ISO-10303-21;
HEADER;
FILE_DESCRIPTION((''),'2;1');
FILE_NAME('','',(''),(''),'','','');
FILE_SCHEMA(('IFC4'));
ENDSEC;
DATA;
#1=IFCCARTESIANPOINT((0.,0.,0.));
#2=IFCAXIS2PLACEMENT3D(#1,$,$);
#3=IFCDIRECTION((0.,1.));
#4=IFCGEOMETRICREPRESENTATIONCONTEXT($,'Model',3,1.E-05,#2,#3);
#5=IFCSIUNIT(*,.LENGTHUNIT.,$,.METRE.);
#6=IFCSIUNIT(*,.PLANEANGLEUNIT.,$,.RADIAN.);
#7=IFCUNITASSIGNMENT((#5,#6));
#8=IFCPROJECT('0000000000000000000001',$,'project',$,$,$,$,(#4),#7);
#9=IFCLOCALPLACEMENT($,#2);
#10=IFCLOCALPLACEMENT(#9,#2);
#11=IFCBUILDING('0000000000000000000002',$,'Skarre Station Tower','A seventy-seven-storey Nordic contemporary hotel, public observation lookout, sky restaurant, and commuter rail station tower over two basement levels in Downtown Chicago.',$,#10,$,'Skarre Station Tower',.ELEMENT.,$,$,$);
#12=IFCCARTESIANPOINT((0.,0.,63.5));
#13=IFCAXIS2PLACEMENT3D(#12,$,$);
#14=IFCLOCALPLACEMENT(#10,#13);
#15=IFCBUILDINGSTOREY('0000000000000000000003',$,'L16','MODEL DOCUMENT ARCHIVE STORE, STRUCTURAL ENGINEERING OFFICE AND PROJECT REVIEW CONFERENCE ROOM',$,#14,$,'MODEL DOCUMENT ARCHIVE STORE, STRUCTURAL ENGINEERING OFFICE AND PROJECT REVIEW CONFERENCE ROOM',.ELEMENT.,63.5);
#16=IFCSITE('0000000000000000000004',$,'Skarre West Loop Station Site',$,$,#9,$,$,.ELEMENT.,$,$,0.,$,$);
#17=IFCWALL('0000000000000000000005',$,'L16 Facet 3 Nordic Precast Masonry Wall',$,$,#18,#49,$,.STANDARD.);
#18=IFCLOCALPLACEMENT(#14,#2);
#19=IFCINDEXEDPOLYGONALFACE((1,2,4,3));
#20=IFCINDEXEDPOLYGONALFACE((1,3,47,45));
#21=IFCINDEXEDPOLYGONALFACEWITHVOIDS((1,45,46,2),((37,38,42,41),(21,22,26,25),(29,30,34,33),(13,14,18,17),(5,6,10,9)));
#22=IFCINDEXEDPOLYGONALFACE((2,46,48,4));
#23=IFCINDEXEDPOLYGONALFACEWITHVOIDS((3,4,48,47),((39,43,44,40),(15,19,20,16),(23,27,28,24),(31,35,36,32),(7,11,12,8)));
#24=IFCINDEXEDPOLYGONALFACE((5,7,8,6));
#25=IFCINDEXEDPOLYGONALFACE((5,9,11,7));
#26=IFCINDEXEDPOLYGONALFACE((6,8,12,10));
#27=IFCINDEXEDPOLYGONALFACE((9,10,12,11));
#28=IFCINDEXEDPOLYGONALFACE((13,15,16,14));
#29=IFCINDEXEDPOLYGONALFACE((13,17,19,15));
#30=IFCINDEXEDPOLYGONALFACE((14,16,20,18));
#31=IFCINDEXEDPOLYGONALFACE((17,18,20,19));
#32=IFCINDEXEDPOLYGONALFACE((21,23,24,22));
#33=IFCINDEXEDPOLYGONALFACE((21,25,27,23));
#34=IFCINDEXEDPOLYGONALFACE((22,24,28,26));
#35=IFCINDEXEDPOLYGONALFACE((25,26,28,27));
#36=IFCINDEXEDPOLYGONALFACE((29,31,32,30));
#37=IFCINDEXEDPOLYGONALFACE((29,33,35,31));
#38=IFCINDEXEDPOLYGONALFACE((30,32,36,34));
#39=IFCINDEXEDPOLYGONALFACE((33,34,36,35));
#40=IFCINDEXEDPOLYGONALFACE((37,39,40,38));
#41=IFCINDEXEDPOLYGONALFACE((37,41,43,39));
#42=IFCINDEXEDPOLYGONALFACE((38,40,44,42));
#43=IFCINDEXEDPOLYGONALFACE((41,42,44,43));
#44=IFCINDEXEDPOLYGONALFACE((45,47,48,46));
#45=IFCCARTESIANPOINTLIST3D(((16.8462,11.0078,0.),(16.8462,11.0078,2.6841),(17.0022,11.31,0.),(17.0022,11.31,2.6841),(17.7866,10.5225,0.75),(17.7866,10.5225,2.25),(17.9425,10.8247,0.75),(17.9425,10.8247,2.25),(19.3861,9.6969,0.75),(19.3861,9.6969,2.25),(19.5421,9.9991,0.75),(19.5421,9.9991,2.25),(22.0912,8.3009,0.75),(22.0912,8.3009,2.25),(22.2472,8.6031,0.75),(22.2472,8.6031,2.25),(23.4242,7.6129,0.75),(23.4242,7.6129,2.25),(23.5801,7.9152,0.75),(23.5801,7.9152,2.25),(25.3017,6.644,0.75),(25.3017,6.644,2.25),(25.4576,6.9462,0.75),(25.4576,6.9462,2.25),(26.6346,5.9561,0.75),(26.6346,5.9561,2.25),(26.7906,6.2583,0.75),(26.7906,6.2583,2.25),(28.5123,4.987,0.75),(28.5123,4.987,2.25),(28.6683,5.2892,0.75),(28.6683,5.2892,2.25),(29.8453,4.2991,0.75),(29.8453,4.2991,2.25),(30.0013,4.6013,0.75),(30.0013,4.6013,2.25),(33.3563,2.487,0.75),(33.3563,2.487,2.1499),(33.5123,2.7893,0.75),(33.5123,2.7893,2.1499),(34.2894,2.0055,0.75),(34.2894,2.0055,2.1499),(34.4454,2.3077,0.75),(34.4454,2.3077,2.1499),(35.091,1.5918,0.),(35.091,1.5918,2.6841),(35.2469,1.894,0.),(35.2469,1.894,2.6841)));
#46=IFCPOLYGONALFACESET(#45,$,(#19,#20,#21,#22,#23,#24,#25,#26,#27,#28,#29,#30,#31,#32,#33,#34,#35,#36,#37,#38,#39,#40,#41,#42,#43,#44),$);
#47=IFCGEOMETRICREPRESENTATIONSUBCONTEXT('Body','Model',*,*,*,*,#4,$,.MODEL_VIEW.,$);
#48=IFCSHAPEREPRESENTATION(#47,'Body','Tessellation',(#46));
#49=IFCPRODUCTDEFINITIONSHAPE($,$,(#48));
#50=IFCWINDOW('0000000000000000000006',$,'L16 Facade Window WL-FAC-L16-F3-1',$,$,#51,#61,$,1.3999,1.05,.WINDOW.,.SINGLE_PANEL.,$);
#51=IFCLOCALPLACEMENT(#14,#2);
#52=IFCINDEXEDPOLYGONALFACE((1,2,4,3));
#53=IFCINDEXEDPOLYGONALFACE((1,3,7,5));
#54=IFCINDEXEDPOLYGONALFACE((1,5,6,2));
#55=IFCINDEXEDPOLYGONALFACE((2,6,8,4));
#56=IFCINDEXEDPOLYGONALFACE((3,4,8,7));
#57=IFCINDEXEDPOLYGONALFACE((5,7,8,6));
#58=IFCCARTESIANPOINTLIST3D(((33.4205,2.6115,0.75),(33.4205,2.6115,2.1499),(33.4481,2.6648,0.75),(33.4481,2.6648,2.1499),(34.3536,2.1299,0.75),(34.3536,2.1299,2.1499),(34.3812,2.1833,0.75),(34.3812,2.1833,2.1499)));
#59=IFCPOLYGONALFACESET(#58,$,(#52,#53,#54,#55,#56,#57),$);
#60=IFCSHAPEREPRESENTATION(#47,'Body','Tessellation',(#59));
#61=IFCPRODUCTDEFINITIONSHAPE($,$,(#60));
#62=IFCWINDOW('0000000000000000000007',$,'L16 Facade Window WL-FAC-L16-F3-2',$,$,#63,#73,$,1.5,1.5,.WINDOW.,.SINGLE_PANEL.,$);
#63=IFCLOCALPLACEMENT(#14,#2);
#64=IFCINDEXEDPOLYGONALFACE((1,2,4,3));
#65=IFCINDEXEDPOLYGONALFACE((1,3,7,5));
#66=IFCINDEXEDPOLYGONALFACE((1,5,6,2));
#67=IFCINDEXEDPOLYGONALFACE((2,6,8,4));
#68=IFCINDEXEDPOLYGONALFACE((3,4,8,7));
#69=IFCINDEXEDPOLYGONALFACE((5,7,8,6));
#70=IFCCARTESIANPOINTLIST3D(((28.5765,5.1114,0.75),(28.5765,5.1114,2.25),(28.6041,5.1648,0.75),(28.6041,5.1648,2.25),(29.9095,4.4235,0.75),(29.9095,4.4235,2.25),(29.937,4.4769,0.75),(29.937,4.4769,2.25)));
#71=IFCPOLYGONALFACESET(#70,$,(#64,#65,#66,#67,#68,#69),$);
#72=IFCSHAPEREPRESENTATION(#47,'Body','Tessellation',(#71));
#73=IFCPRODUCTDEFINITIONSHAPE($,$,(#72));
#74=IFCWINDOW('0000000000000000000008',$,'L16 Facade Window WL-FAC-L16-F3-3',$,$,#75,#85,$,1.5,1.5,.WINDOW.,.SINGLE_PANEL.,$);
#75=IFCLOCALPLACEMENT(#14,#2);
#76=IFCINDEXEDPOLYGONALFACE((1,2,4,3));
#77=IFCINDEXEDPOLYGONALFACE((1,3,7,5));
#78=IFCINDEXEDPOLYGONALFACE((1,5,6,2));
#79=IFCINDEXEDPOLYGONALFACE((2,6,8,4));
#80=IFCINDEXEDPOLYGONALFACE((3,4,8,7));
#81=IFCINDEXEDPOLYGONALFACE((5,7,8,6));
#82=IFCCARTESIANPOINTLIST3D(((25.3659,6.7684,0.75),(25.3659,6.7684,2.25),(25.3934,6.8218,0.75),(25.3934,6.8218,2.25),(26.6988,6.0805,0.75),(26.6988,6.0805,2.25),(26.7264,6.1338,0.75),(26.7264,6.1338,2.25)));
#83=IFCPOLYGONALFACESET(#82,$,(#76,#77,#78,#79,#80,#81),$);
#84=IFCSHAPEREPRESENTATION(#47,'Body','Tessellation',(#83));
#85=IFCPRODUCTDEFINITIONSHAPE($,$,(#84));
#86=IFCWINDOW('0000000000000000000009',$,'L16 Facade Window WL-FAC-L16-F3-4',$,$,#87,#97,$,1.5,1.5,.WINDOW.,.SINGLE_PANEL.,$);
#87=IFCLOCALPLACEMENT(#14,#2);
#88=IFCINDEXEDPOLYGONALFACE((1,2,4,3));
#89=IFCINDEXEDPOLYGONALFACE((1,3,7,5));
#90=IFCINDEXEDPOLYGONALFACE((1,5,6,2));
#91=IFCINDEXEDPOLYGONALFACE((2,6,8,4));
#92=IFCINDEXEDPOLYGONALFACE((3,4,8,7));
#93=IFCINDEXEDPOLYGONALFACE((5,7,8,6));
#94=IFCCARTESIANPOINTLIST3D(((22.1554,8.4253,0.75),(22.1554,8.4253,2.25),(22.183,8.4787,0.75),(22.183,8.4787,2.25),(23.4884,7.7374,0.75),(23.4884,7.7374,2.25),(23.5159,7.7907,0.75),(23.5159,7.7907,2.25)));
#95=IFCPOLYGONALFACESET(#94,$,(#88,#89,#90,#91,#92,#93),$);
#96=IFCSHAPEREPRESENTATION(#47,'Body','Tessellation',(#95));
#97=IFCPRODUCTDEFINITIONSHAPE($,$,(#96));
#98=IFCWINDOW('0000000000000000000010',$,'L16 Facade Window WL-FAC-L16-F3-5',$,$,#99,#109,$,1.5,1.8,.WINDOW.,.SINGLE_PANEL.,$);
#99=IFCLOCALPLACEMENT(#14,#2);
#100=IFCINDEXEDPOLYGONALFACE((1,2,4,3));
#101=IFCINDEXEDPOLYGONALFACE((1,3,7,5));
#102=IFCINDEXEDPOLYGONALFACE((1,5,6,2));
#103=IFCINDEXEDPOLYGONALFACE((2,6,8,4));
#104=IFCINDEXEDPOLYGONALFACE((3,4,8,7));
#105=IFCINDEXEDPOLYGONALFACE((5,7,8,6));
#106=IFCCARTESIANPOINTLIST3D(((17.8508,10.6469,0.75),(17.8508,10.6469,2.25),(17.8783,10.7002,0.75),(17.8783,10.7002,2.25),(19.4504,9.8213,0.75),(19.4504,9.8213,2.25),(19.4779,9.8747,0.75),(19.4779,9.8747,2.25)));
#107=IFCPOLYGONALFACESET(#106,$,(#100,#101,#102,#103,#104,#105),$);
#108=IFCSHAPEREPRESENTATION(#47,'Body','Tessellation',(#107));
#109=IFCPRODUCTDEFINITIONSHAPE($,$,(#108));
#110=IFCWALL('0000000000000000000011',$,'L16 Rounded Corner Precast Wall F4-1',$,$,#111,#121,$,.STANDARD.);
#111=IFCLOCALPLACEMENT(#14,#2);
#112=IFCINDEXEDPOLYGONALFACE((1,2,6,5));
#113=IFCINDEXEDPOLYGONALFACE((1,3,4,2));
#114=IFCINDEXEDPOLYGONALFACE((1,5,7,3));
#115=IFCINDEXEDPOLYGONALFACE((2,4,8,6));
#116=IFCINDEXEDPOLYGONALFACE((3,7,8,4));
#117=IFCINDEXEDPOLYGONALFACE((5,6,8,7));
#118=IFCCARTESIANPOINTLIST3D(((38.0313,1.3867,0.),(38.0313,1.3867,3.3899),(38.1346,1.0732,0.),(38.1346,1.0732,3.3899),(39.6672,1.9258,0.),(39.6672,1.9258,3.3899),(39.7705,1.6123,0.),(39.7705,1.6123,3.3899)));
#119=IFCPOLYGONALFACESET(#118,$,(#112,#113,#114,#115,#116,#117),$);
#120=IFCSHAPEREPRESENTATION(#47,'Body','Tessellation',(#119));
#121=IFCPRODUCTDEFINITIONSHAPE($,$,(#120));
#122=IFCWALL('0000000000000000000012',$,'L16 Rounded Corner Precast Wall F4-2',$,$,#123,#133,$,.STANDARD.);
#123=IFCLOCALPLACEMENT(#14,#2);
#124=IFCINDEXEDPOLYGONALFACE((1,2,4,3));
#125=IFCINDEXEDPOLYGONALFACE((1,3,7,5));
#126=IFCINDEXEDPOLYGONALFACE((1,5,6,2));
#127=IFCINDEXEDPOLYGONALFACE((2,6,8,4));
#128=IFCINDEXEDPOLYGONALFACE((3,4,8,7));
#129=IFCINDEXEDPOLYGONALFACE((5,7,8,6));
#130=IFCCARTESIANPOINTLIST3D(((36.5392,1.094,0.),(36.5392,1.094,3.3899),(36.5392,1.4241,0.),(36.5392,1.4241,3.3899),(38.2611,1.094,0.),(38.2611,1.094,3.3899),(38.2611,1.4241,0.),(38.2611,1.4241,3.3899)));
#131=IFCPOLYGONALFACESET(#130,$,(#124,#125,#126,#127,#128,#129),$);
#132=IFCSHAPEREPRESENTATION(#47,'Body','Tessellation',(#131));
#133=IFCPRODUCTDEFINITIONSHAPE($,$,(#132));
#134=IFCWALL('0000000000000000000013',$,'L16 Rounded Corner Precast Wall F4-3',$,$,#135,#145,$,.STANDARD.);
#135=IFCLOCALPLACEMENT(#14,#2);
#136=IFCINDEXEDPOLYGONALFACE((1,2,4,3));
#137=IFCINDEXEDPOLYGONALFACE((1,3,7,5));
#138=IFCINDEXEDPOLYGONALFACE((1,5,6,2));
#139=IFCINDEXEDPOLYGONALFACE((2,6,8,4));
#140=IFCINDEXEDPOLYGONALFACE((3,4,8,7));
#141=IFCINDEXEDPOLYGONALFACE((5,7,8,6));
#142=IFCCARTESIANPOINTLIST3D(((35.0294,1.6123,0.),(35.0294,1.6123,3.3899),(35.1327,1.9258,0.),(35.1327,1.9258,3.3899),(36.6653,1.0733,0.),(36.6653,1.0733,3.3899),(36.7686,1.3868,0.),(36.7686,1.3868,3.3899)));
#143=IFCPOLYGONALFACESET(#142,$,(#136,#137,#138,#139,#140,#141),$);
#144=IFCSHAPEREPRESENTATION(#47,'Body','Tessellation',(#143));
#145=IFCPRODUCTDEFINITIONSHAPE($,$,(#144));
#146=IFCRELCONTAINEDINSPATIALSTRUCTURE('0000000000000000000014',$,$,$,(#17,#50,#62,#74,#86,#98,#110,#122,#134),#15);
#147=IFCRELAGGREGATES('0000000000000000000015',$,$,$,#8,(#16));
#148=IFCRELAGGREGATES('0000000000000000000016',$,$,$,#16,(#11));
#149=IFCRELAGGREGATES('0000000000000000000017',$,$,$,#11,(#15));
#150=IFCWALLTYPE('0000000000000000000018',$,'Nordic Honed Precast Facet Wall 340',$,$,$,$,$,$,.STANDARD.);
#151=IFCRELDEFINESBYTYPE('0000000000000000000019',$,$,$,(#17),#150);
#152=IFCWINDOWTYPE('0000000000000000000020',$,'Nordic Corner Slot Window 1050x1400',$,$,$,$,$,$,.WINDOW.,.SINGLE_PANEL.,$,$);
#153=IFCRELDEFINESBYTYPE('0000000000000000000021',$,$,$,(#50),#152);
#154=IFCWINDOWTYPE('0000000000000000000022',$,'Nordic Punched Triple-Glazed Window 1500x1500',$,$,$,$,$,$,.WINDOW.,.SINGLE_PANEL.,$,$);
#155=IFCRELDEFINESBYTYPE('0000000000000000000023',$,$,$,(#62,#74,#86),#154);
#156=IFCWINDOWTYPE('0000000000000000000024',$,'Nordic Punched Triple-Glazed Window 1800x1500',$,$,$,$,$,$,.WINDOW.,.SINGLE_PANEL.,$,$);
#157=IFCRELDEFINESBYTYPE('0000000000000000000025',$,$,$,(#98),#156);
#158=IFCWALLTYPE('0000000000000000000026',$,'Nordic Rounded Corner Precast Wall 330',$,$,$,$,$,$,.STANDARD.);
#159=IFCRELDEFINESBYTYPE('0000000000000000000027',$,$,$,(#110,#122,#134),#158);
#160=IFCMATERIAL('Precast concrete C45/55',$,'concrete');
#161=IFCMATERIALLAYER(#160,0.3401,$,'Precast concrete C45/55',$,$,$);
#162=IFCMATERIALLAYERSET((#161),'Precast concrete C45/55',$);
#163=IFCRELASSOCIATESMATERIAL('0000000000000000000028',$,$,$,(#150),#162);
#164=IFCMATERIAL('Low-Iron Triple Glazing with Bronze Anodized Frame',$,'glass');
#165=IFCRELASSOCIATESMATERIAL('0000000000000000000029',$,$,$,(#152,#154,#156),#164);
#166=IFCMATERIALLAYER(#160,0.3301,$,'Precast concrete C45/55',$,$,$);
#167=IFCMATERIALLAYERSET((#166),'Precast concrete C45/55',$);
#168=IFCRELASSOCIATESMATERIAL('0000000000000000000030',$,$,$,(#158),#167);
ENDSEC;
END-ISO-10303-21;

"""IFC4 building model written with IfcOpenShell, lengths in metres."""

from ifc_helpers import new_model, si_unit, direction, frame, frame_2d, origin, place, context, subcontext, project, spatial, rectangle, extrude, material, layer, layer_set, type_object, element, fill, save


model = new_model("IFC4")

# Units and contexts
model_context = context("Model", 3, precision=1e-05, world=origin(), true_north=direction((0.0, 1.0)))
body_context = subcontext(model_context, "Body", "Model", "MODEL_VIEW")
ifc_project = project(units=[si_unit("LENGTHUNIT", "METRE"), si_unit("PLANEANGLEUNIT", "RADIAN")], contexts=[model_context])

# Site, building, storey
site_placement = place(None, origin())
site = spatial("IfcSite", under=ifc_project, at=site_placement, Name="Skarre West Loop Station Site", CompositionType="ELEMENT", RefElevation=0.0)
building_placement = place(site_placement, origin())
building = spatial("IfcBuilding", under=site, at=building_placement, Name="Skarre Station Tower", Description="A seventy-seven-storey Nordic contemporary hotel, public observation lookout, sky restaurant, and commuter rail station tower over two basement levels in Downtown Chicago.", LongName="Skarre Station Tower", CompositionType="ELEMENT")
storey_placement = place(building_placement, frame((0.0, 0.0, 63.5)))
storey = spatial("IfcBuildingStorey", under=building, at=storey_placement, Name="L16", Description="MODEL DOCUMENT ARCHIVE STORE, STRUCTURAL ENGINEERING OFFICE AND PROJECT REVIEW CONFERENCE ROOM", LongName="MODEL DOCUMENT ARCHIVE STORE, STRUCTURAL ENGINEERING OFFICE AND PROJECT REVIEW CONFERENCE ROOM", CompositionType="ELEMENT", Elevation=63.5)

# Wall, openings, windows
ifc_material_1 = material(Name="Precast concrete C45/55", Category="concrete")
ifc_layer_1 = layer(ifc_material_1, 0.3401, Name="Precast concrete C45/55")
ifc_layer_set_1 = layer_set([ifc_layer_1], Name="Precast concrete C45/55")
wall_type_1 = type_object("IfcWallType", Name="Nordic Honed Precast Facet Wall 340", PredefinedType="STANDARD", material=ifc_layer_set_1)
wall_1_placement = place(storey_placement, frame((35.1689, 1.7429, 0.0), z_axis=(0.0, 0.0, 1.0), x_axis=(-0.888634, 0.458616, 0.0)))
wall_1 = element("IfcWall", 1, at=wall_1_placement, inside=storey, type_object=wall_type_1, Name="L16 Facet 3 Nordic Precast Masonry Wall", PredefinedType="STANDARD", context=body_context, shape_type="SweptSolid", body=[
    extrude(rectangle(XDim=20.5312, YDim=0.3401, at=frame_2d((10.2656, 0.0))), origin(), (0.0, 0.0, 1.0), 2.6841),
])
opening_1_placement = place(wall_1_placement, frame((0.9021, 0.0, 0.75)))
opening_1 = element("IfcOpeningElement", 2, at=opening_1_placement, cuts=wall_1, PredefinedType="OPENING", context=body_context, shape_type="SweptSolid", body=[
    extrude(rectangle(XDim=1.05, YDim=1.3999, at=frame_2d((0.5249, 0.7))), frame((0.0, 0.1799, 0.0), z_axis=(0.0, -1.0, 0.0), x_axis=(1.0, 0.0, 0.0)), (0.0, 0.0, 1.0), 0.3601),
])
opening_2_placement = place(wall_1_placement, frame((5.9031, 0.0, 0.75)))
opening_2 = element("IfcOpeningElement", 3, at=opening_2_placement, cuts=wall_1, PredefinedType="OPENING", context=body_context, shape_type="SweptSolid", body=[
    extrude(rectangle(XDim=1.5, YDim=1.5, at=frame_2d((0.75, 0.75))), frame((0.0, 0.1799, 0.0), z_axis=(0.0, -1.0, 0.0), x_axis=(1.0, 0.0, 0.0)), (0.0, 0.0, 1.0), 0.3601),
])
opening_3_placement = place(wall_1_placement, frame((9.5161, 0.0, 0.75)))
opening_3 = element("IfcOpeningElement", 4, at=opening_3_placement, cuts=wall_1, PredefinedType="OPENING", context=body_context, shape_type="SweptSolid", body=[
    extrude(rectangle(XDim=1.5, YDim=1.5, at=frame_2d((0.75, 0.75))), frame((0.0, 0.1799, 0.0), z_axis=(0.0, -1.0, 0.0), x_axis=(1.0, 0.0, 0.0)), (0.0, 0.0, 1.0), 0.3601),
])
opening_4_placement = place(wall_1_placement, frame((13.1289, 0.0, 0.75)))
opening_4 = element("IfcOpeningElement", 5, at=opening_4_placement, cuts=wall_1, PredefinedType="OPENING", context=body_context, shape_type="SweptSolid", body=[
    extrude(rectangle(XDim=1.5, YDim=1.5, at=frame_2d((0.75, 0.75))), frame((0.0, 0.1799, 0.0), z_axis=(0.0, -1.0, 0.0), x_axis=(1.0, 0.0, 0.0)), (0.0, 0.0, 1.0), 0.3601),
])
opening_5_placement = place(wall_1_placement, frame((17.6731, 0.0, 0.75)))
opening_5 = element("IfcOpeningElement", 6, at=opening_5_placement, cuts=wall_1, PredefinedType="OPENING", context=body_context, shape_type="SweptSolid", body=[
    extrude(rectangle(XDim=1.8, YDim=1.5, at=frame_2d((0.8999, 0.75))), frame((0.0, 0.1799, 0.0), z_axis=(0.0, -1.0, 0.0), x_axis=(1.0, 0.0, 0.0)), (0.0, 0.0, 1.0), 0.3601),
])
ifc_material_2 = material(Name="Low-Iron Triple Glazing with Bronze Anodized Frame", Category="glass")
window_type_1 = type_object("IfcWindowType", Name="Nordic Corner Slot Window 1050x1400", PartitioningType="SINGLE_PANEL", PredefinedType="WINDOW", material=ifc_material_2)
window_1_placement = place(opening_1_placement, origin())
window_1 = element("IfcWindow", 7, at=window_1_placement, inside=storey, type_object=window_type_1, Name="L16 Facade Window WL-FAC-L16-F3-1", OverallHeight=1.3999, OverallWidth=1.05, PartitioningType="SINGLE_PANEL", PredefinedType="WINDOW", context=body_context, shape_type="SweptSolid", body=[
    extrude(rectangle(XDim=1.05, YDim=1.3999, at=frame_2d((0.5249, 0.7))), frame((0.0, 0.03, 0.0), z_axis=(0.0, -1.0, 0.0), x_axis=(1.0, 0.0, 0.0)), (0.0, 0.0, 1.0), 0.0601),
])
fill(opening_1, window_1)
window_type_2 = type_object("IfcWindowType", Name="Nordic Punched Triple-Glazed Window 1500x1500", PartitioningType="SINGLE_PANEL", PredefinedType="WINDOW", material=ifc_material_2)
window_2_placement = place(opening_2_placement, origin())
window_2 = element("IfcWindow", 8, at=window_2_placement, inside=storey, type_object=window_type_2, Name="L16 Facade Window WL-FAC-L16-F3-2", OverallHeight=1.5, OverallWidth=1.5, PartitioningType="SINGLE_PANEL", PredefinedType="WINDOW", context=body_context, shape_type="SweptSolid", body=[
    extrude(rectangle(XDim=1.5, YDim=1.5, at=frame_2d((0.75, 0.75))), frame((0.0, 0.03, 0.0), z_axis=(0.0, -1.0, 0.0), x_axis=(1.0, 0.0, 0.0)), (0.0, 0.0, 1.0), 0.0601),
])
fill(opening_2, window_2)
window_3_placement = place(opening_3_placement, origin())
window_3 = element("IfcWindow", 9, at=window_3_placement, inside=storey, type_object=window_type_2, Name="L16 Facade Window WL-FAC-L16-F3-3", OverallHeight=1.5, OverallWidth=1.5, PartitioningType="SINGLE_PANEL", PredefinedType="WINDOW", context=body_context, shape_type="SweptSolid", body=[
    extrude(rectangle(XDim=1.5, YDim=1.5, at=frame_2d((0.75, 0.75))), frame((0.0, 0.03, 0.0), z_axis=(0.0, -1.0, 0.0), x_axis=(1.0, 0.0, 0.0)), (0.0, 0.0, 1.0), 0.0601),
])
fill(opening_3, window_3)
window_4_placement = place(opening_4_placement, origin())
window_4 = element("IfcWindow", 10, at=window_4_placement, inside=storey, type_object=window_type_2, Name="L16 Facade Window WL-FAC-L16-F3-4", OverallHeight=1.5, OverallWidth=1.5, PartitioningType="SINGLE_PANEL", PredefinedType="WINDOW", context=body_context, shape_type="SweptSolid", body=[
    extrude(rectangle(XDim=1.5, YDim=1.5, at=frame_2d((0.75, 0.75))), frame((0.0, 0.03, 0.0), z_axis=(0.0, -1.0, 0.0), x_axis=(1.0, 0.0, 0.0)), (0.0, 0.0, 1.0), 0.0601),
])
fill(opening_4, window_4)
window_type_3 = type_object("IfcWindowType", Name="Nordic Punched Triple-Glazed Window 1800x1500", PartitioningType="SINGLE_PANEL", PredefinedType="WINDOW", material=ifc_material_2)
window_5_placement = place(opening_5_placement, origin())
window_5 = element("IfcWindow", 11, at=window_5_placement, inside=storey, type_object=window_type_3, Name="L16 Facade Window WL-FAC-L16-F3-5", OverallHeight=1.5, OverallWidth=1.8, PartitioningType="SINGLE_PANEL", PredefinedType="WINDOW", context=body_context, shape_type="SweptSolid", body=[
    extrude(rectangle(XDim=1.8, YDim=1.5, at=frame_2d((0.8999, 0.75))), frame((0.0, 0.03, 0.0), z_axis=(0.0, -1.0, 0.0), x_axis=(1.0, 0.0, 0.0)), (0.0, 0.0, 1.0), 0.0601),
])
fill(opening_5, window_5)

# Walls
ifc_layer_2 = layer(ifc_material_1, 0.3301, Name="Precast concrete C45/55")
ifc_layer_set_2 = layer_set([ifc_layer_2], Name="Precast concrete C45/55")
wall_type_2 = type_object("IfcWallType", Name="Nordic Rounded Corner Precast Wall 330", PredefinedType="STANDARD", material=ifc_layer_set_2)
wall_2_placement = place(storey_placement, frame((39.719, 1.769, 0.0), z_axis=(0.0, 0.0, 1.0), x_axis=(-0.949769, -0.312952, 0.0)))
element("IfcWall", 12, at=wall_2_placement, inside=storey, type_object=wall_type_2, Name="L16 Rounded Corner Precast Wall F4-1", PredefinedType="STANDARD", context=body_context, shape_type="SweptSolid", body=[
    extrude(rectangle(XDim=1.7224, YDim=0.3301, at=frame_2d((0.8613, 0.0))), origin(), (0.0, 0.0, 1.0), 3.3899),
])
wall_3_placement = place(storey_placement, frame((38.261, 1.259, 0.0), z_axis=(0.0, 0.0, 1.0), x_axis=(-1.0, 0.0, 0.0)))
element("IfcWall", 13, at=wall_3_placement, inside=storey, type_object=wall_type_2, Name="L16 Rounded Corner Precast Wall F4-2", PredefinedType="STANDARD", context=body_context, shape_type="SweptSolid", body=[
    extrude(rectangle(XDim=1.7219, YDim=0.3301, at=frame_2d((0.8608, 0.0))), origin(), (0.0, 0.0, 1.0), 3.3899),
])
wall_4_placement = place(storey_placement, frame((36.717, 1.23, 0.0), z_axis=(0.0, 0.0, 1.0), x_axis=(-0.949769, 0.312952, 0.0)))
element("IfcWall", 14, at=wall_4_placement, inside=storey, type_object=wall_type_2, Name="L16 Rounded Corner Precast Wall F4-3", PredefinedType="STANDARD", context=body_context, shape_type="SweptSolid", body=[
    extrude(rectangle(XDim=1.7224, YDim=0.3301, at=frame_2d((0.8613, 0.0))), origin(), (0.0, 0.0, 1.0), 3.3899),
])

save(model, "model.ifc")
